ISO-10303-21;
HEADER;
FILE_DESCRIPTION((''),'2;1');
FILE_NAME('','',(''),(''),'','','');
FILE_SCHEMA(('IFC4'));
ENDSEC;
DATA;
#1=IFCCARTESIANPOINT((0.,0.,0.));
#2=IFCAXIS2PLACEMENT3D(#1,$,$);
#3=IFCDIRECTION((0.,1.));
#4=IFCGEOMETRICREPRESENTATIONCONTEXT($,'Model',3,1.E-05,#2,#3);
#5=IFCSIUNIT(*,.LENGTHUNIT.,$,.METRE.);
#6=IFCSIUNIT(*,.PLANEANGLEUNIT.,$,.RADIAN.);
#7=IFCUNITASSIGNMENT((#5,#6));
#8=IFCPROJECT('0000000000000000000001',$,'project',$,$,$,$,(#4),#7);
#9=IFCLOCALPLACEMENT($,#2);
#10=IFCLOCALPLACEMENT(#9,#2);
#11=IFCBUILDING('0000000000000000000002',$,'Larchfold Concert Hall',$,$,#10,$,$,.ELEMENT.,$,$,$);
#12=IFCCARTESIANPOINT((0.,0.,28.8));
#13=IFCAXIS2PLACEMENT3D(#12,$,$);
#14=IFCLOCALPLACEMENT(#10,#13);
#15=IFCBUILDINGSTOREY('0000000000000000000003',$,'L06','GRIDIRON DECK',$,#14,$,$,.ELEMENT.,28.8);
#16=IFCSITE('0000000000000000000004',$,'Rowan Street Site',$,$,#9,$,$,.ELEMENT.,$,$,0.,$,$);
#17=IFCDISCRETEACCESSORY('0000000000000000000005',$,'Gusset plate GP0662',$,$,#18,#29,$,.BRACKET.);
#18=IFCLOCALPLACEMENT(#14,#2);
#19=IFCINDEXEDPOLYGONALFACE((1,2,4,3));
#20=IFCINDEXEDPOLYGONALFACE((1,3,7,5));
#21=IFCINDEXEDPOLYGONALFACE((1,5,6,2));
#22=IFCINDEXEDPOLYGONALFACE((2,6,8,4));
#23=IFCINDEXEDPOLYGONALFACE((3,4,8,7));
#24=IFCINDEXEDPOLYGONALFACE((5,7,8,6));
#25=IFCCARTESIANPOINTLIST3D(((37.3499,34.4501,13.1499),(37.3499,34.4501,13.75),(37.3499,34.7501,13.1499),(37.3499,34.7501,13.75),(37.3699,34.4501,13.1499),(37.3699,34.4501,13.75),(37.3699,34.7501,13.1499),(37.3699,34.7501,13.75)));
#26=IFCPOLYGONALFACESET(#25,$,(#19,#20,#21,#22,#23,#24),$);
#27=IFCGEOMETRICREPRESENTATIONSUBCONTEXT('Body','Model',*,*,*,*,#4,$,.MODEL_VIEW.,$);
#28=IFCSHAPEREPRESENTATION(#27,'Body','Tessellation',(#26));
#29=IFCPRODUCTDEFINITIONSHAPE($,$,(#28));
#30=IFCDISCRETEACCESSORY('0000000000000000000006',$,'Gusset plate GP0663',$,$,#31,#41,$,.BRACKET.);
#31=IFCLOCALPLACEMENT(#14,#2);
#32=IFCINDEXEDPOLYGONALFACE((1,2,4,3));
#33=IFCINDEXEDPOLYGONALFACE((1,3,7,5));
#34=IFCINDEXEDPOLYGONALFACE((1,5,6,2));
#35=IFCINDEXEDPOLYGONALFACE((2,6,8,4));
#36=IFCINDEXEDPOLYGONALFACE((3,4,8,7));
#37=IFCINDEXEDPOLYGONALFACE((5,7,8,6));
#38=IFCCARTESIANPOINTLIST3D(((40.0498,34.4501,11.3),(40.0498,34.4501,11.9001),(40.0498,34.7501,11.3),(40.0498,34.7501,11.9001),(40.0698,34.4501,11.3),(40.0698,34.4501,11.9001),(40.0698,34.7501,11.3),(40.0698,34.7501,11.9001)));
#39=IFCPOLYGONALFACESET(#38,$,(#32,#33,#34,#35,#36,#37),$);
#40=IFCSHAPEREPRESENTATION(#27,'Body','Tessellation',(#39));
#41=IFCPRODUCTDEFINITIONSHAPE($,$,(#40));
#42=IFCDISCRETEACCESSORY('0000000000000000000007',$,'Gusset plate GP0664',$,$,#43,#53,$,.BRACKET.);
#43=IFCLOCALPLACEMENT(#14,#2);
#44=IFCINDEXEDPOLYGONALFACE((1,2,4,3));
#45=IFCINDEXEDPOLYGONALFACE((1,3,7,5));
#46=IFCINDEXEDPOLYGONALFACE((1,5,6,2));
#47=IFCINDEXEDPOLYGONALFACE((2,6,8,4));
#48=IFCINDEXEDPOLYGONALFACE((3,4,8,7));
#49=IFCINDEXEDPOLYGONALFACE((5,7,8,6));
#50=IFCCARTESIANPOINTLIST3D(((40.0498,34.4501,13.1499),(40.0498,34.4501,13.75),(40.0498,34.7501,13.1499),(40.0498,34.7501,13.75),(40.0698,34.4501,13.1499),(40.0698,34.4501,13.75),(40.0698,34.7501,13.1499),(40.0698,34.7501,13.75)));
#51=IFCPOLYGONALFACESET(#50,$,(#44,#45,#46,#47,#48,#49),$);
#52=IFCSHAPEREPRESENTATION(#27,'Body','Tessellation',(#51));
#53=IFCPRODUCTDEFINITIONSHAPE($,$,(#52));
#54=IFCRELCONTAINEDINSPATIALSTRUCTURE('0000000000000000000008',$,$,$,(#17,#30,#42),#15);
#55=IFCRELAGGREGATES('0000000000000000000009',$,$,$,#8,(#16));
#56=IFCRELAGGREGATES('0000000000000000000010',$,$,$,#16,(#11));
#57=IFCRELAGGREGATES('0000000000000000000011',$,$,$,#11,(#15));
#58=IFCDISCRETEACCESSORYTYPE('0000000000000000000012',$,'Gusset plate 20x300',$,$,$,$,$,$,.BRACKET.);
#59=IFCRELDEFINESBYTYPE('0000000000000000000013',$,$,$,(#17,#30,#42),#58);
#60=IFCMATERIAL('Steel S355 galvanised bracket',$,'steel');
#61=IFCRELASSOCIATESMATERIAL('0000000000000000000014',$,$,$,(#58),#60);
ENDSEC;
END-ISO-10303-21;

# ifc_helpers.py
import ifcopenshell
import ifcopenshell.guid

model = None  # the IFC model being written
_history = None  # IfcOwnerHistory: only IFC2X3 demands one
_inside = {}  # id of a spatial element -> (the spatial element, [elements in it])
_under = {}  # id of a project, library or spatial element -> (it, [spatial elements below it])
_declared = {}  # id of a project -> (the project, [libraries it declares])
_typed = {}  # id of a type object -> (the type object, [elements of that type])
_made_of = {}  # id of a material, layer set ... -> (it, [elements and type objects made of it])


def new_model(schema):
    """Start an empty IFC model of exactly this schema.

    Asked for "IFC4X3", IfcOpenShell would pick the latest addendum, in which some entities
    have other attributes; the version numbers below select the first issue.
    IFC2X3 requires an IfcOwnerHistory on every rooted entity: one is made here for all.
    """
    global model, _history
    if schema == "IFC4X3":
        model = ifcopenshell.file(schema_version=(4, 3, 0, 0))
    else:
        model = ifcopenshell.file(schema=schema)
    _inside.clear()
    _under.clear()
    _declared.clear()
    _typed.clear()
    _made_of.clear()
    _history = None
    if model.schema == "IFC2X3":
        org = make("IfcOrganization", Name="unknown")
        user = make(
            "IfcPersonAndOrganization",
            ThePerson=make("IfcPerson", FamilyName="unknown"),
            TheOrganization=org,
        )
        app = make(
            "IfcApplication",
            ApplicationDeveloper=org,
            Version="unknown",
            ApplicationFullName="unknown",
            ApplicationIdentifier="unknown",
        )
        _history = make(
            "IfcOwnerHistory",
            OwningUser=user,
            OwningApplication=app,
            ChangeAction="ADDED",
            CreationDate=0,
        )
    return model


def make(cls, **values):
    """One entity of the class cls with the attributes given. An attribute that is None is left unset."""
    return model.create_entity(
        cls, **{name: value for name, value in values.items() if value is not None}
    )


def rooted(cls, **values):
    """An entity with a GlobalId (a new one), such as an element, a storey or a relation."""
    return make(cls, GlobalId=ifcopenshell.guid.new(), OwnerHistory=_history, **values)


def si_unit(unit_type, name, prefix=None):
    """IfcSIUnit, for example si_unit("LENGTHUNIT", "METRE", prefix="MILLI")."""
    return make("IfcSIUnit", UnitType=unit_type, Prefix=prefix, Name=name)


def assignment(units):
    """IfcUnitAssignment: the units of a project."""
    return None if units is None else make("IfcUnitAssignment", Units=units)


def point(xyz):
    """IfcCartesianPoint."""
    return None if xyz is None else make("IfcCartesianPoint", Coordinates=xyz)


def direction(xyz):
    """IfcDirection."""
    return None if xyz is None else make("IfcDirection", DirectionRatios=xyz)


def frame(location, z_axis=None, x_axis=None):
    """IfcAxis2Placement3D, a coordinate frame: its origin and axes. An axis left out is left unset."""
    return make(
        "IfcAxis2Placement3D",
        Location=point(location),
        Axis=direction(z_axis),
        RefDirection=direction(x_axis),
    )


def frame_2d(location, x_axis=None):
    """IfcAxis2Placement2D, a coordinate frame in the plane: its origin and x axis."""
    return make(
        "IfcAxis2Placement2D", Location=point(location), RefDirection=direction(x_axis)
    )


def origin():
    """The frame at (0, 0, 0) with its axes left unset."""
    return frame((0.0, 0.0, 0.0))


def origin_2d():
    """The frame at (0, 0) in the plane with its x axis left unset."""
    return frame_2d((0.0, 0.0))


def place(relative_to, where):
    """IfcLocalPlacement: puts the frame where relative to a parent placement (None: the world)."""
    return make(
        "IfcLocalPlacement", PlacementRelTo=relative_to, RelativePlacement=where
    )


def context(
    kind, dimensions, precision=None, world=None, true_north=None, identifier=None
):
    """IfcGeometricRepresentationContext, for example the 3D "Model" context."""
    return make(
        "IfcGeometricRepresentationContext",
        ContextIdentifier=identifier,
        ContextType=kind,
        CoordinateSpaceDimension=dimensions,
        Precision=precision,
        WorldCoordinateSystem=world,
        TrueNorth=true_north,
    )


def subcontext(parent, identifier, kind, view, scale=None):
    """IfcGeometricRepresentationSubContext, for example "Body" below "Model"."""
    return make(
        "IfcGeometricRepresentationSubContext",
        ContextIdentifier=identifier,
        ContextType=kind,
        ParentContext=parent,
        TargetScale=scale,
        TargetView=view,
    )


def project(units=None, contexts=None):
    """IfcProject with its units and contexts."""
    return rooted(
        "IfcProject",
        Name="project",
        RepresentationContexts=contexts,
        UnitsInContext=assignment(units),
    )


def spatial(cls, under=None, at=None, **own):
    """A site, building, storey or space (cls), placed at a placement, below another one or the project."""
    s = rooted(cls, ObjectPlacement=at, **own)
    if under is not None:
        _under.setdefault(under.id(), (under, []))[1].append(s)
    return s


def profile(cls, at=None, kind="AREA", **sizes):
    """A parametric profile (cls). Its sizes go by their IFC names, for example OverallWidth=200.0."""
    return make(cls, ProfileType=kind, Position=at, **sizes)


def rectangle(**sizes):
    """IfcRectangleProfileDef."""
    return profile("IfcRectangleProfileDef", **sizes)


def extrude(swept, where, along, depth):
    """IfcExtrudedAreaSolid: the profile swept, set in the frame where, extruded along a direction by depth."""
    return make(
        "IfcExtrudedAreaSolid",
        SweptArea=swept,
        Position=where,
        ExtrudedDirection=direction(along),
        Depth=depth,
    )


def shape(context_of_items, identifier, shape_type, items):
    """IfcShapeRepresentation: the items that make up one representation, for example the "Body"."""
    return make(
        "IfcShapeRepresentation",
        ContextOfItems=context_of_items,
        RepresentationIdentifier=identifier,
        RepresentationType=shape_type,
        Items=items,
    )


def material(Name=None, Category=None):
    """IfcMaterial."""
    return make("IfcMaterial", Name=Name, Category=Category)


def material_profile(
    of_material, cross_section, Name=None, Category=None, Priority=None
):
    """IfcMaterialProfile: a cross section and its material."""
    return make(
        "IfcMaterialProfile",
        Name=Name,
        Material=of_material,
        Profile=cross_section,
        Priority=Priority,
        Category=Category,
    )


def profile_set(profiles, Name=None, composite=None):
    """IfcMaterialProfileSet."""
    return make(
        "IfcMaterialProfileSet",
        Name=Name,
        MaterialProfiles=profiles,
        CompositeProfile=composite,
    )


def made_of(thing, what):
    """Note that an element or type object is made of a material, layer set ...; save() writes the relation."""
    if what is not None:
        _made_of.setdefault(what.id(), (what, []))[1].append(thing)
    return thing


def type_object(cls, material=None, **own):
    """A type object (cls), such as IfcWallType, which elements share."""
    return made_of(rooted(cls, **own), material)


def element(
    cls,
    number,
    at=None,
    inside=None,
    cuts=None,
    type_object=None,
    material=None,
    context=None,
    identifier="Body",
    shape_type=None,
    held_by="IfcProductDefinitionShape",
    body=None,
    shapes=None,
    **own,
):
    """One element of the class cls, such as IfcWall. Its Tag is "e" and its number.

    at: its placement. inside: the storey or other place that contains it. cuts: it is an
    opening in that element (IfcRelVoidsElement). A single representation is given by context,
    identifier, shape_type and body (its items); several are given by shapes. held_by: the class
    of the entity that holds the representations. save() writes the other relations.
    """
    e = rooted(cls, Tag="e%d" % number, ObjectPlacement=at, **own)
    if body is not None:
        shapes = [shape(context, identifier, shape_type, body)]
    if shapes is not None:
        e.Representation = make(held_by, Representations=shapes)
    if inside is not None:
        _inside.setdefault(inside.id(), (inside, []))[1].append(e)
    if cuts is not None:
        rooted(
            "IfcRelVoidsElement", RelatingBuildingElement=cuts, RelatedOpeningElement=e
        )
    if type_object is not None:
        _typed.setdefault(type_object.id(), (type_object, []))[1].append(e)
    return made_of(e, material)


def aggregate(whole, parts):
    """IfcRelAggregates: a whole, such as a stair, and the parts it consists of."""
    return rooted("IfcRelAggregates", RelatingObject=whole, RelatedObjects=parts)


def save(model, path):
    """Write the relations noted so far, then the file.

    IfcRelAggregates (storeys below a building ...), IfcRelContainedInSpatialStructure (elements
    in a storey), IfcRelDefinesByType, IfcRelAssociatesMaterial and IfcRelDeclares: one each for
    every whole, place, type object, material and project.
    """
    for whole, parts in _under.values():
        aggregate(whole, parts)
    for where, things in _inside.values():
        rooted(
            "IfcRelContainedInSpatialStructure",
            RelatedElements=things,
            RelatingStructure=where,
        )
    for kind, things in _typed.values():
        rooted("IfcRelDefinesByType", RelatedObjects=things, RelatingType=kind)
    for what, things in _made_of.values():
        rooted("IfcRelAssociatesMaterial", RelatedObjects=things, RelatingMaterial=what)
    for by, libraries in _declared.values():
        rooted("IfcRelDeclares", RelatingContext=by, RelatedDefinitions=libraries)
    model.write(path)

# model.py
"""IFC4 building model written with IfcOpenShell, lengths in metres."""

from ifc_helpers import new_model, si_unit, direction, frame, origin, origin_2d, place, context, subcontext, project, spatial, rectangle, extrude, material, material_profile, profile_set, type_object, element, save


model = new_model("IFC4")

# Units and contexts
model_context = context("Model", 3, precision=1e-05, world=origin(), true_north=direction((0.0, 1.0)))
body_context = subcontext(model_context, "Body", "Model", "MODEL_VIEW")
ifc_project = project(units=[si_unit("LENGTHUNIT", "METRE"), si_unit("PLANEANGLEUNIT", "RADIAN")], contexts=[model_context])

# Site, building, storey
site_placement = place(None, origin())
site = spatial("IfcSite", under=ifc_project, at=site_placement, Name="Rowan Street Site", CompositionType="ELEMENT", RefElevation=0.0)
building_placement = place(site_placement, origin())
building = spatial("IfcBuilding", under=site, at=building_placement, Name="Larchfold Concert Hall", CompositionType="ELEMENT")
storey_placement = place(building_placement, frame((0.0, 0.0, 28.8)))
storey = spatial("IfcBuildingStorey", under=building, at=storey_placement, Name="L06", Description="GRIDIRON DECK", CompositionType="ELEMENT", Elevation=28.8)

# Discrete accessories
ifc_material_1 = material(Name="Steel S355 galvanised bracket", Category="steel")
ifc_material_profile_1 = material_profile(ifc_material_1, rectangle(XDim=0.02, YDim=0.3, at=origin_2d()))
ifc_profile_set_1 = profile_set([ifc_material_profile_1], Name="Steel S355 galvanised bracket")
discrete_accessory_type_1 = type_object("IfcDiscreteAccessoryType", Name="Gusset plate 20x300", PredefinedType="BRACKET", material=ifc_profile_set_1)
for number, where, z_axis, x_axis, name in (
    (1, (37.3599, 34.6001, 13.1499), (0.0, 0.0, 1.0), (1.0, 0.0, 0.0), "Gusset plate GP0662"),
    (2, (40.0598, 34.6001, 11.3), (0.0, 0.0, 1.0), (1.0, 0.0, 0.0), "Gusset plate GP0663"),
    (3, (40.0598, 34.6001, 13.1499), (0.0, 0.0, 1.0), (1.0, 0.0, 0.0), "Gusset plate GP0664"),
):
    element("IfcDiscreteAccessory", number, at=place(storey_placement, frame(where, z_axis=z_axis, x_axis=x_axis)), inside=storey, type_object=discrete_accessory_type_1, Name=name, PredefinedType="BRACKET", context=body_context, shape_type="SweptSolid", body=[
        extrude(rectangle(XDim=0.02, YDim=0.3, at=origin_2d()), origin(), (0.0, 0.0, 1.0), 0.6001),
    ])

save(model, "model.ifc")
